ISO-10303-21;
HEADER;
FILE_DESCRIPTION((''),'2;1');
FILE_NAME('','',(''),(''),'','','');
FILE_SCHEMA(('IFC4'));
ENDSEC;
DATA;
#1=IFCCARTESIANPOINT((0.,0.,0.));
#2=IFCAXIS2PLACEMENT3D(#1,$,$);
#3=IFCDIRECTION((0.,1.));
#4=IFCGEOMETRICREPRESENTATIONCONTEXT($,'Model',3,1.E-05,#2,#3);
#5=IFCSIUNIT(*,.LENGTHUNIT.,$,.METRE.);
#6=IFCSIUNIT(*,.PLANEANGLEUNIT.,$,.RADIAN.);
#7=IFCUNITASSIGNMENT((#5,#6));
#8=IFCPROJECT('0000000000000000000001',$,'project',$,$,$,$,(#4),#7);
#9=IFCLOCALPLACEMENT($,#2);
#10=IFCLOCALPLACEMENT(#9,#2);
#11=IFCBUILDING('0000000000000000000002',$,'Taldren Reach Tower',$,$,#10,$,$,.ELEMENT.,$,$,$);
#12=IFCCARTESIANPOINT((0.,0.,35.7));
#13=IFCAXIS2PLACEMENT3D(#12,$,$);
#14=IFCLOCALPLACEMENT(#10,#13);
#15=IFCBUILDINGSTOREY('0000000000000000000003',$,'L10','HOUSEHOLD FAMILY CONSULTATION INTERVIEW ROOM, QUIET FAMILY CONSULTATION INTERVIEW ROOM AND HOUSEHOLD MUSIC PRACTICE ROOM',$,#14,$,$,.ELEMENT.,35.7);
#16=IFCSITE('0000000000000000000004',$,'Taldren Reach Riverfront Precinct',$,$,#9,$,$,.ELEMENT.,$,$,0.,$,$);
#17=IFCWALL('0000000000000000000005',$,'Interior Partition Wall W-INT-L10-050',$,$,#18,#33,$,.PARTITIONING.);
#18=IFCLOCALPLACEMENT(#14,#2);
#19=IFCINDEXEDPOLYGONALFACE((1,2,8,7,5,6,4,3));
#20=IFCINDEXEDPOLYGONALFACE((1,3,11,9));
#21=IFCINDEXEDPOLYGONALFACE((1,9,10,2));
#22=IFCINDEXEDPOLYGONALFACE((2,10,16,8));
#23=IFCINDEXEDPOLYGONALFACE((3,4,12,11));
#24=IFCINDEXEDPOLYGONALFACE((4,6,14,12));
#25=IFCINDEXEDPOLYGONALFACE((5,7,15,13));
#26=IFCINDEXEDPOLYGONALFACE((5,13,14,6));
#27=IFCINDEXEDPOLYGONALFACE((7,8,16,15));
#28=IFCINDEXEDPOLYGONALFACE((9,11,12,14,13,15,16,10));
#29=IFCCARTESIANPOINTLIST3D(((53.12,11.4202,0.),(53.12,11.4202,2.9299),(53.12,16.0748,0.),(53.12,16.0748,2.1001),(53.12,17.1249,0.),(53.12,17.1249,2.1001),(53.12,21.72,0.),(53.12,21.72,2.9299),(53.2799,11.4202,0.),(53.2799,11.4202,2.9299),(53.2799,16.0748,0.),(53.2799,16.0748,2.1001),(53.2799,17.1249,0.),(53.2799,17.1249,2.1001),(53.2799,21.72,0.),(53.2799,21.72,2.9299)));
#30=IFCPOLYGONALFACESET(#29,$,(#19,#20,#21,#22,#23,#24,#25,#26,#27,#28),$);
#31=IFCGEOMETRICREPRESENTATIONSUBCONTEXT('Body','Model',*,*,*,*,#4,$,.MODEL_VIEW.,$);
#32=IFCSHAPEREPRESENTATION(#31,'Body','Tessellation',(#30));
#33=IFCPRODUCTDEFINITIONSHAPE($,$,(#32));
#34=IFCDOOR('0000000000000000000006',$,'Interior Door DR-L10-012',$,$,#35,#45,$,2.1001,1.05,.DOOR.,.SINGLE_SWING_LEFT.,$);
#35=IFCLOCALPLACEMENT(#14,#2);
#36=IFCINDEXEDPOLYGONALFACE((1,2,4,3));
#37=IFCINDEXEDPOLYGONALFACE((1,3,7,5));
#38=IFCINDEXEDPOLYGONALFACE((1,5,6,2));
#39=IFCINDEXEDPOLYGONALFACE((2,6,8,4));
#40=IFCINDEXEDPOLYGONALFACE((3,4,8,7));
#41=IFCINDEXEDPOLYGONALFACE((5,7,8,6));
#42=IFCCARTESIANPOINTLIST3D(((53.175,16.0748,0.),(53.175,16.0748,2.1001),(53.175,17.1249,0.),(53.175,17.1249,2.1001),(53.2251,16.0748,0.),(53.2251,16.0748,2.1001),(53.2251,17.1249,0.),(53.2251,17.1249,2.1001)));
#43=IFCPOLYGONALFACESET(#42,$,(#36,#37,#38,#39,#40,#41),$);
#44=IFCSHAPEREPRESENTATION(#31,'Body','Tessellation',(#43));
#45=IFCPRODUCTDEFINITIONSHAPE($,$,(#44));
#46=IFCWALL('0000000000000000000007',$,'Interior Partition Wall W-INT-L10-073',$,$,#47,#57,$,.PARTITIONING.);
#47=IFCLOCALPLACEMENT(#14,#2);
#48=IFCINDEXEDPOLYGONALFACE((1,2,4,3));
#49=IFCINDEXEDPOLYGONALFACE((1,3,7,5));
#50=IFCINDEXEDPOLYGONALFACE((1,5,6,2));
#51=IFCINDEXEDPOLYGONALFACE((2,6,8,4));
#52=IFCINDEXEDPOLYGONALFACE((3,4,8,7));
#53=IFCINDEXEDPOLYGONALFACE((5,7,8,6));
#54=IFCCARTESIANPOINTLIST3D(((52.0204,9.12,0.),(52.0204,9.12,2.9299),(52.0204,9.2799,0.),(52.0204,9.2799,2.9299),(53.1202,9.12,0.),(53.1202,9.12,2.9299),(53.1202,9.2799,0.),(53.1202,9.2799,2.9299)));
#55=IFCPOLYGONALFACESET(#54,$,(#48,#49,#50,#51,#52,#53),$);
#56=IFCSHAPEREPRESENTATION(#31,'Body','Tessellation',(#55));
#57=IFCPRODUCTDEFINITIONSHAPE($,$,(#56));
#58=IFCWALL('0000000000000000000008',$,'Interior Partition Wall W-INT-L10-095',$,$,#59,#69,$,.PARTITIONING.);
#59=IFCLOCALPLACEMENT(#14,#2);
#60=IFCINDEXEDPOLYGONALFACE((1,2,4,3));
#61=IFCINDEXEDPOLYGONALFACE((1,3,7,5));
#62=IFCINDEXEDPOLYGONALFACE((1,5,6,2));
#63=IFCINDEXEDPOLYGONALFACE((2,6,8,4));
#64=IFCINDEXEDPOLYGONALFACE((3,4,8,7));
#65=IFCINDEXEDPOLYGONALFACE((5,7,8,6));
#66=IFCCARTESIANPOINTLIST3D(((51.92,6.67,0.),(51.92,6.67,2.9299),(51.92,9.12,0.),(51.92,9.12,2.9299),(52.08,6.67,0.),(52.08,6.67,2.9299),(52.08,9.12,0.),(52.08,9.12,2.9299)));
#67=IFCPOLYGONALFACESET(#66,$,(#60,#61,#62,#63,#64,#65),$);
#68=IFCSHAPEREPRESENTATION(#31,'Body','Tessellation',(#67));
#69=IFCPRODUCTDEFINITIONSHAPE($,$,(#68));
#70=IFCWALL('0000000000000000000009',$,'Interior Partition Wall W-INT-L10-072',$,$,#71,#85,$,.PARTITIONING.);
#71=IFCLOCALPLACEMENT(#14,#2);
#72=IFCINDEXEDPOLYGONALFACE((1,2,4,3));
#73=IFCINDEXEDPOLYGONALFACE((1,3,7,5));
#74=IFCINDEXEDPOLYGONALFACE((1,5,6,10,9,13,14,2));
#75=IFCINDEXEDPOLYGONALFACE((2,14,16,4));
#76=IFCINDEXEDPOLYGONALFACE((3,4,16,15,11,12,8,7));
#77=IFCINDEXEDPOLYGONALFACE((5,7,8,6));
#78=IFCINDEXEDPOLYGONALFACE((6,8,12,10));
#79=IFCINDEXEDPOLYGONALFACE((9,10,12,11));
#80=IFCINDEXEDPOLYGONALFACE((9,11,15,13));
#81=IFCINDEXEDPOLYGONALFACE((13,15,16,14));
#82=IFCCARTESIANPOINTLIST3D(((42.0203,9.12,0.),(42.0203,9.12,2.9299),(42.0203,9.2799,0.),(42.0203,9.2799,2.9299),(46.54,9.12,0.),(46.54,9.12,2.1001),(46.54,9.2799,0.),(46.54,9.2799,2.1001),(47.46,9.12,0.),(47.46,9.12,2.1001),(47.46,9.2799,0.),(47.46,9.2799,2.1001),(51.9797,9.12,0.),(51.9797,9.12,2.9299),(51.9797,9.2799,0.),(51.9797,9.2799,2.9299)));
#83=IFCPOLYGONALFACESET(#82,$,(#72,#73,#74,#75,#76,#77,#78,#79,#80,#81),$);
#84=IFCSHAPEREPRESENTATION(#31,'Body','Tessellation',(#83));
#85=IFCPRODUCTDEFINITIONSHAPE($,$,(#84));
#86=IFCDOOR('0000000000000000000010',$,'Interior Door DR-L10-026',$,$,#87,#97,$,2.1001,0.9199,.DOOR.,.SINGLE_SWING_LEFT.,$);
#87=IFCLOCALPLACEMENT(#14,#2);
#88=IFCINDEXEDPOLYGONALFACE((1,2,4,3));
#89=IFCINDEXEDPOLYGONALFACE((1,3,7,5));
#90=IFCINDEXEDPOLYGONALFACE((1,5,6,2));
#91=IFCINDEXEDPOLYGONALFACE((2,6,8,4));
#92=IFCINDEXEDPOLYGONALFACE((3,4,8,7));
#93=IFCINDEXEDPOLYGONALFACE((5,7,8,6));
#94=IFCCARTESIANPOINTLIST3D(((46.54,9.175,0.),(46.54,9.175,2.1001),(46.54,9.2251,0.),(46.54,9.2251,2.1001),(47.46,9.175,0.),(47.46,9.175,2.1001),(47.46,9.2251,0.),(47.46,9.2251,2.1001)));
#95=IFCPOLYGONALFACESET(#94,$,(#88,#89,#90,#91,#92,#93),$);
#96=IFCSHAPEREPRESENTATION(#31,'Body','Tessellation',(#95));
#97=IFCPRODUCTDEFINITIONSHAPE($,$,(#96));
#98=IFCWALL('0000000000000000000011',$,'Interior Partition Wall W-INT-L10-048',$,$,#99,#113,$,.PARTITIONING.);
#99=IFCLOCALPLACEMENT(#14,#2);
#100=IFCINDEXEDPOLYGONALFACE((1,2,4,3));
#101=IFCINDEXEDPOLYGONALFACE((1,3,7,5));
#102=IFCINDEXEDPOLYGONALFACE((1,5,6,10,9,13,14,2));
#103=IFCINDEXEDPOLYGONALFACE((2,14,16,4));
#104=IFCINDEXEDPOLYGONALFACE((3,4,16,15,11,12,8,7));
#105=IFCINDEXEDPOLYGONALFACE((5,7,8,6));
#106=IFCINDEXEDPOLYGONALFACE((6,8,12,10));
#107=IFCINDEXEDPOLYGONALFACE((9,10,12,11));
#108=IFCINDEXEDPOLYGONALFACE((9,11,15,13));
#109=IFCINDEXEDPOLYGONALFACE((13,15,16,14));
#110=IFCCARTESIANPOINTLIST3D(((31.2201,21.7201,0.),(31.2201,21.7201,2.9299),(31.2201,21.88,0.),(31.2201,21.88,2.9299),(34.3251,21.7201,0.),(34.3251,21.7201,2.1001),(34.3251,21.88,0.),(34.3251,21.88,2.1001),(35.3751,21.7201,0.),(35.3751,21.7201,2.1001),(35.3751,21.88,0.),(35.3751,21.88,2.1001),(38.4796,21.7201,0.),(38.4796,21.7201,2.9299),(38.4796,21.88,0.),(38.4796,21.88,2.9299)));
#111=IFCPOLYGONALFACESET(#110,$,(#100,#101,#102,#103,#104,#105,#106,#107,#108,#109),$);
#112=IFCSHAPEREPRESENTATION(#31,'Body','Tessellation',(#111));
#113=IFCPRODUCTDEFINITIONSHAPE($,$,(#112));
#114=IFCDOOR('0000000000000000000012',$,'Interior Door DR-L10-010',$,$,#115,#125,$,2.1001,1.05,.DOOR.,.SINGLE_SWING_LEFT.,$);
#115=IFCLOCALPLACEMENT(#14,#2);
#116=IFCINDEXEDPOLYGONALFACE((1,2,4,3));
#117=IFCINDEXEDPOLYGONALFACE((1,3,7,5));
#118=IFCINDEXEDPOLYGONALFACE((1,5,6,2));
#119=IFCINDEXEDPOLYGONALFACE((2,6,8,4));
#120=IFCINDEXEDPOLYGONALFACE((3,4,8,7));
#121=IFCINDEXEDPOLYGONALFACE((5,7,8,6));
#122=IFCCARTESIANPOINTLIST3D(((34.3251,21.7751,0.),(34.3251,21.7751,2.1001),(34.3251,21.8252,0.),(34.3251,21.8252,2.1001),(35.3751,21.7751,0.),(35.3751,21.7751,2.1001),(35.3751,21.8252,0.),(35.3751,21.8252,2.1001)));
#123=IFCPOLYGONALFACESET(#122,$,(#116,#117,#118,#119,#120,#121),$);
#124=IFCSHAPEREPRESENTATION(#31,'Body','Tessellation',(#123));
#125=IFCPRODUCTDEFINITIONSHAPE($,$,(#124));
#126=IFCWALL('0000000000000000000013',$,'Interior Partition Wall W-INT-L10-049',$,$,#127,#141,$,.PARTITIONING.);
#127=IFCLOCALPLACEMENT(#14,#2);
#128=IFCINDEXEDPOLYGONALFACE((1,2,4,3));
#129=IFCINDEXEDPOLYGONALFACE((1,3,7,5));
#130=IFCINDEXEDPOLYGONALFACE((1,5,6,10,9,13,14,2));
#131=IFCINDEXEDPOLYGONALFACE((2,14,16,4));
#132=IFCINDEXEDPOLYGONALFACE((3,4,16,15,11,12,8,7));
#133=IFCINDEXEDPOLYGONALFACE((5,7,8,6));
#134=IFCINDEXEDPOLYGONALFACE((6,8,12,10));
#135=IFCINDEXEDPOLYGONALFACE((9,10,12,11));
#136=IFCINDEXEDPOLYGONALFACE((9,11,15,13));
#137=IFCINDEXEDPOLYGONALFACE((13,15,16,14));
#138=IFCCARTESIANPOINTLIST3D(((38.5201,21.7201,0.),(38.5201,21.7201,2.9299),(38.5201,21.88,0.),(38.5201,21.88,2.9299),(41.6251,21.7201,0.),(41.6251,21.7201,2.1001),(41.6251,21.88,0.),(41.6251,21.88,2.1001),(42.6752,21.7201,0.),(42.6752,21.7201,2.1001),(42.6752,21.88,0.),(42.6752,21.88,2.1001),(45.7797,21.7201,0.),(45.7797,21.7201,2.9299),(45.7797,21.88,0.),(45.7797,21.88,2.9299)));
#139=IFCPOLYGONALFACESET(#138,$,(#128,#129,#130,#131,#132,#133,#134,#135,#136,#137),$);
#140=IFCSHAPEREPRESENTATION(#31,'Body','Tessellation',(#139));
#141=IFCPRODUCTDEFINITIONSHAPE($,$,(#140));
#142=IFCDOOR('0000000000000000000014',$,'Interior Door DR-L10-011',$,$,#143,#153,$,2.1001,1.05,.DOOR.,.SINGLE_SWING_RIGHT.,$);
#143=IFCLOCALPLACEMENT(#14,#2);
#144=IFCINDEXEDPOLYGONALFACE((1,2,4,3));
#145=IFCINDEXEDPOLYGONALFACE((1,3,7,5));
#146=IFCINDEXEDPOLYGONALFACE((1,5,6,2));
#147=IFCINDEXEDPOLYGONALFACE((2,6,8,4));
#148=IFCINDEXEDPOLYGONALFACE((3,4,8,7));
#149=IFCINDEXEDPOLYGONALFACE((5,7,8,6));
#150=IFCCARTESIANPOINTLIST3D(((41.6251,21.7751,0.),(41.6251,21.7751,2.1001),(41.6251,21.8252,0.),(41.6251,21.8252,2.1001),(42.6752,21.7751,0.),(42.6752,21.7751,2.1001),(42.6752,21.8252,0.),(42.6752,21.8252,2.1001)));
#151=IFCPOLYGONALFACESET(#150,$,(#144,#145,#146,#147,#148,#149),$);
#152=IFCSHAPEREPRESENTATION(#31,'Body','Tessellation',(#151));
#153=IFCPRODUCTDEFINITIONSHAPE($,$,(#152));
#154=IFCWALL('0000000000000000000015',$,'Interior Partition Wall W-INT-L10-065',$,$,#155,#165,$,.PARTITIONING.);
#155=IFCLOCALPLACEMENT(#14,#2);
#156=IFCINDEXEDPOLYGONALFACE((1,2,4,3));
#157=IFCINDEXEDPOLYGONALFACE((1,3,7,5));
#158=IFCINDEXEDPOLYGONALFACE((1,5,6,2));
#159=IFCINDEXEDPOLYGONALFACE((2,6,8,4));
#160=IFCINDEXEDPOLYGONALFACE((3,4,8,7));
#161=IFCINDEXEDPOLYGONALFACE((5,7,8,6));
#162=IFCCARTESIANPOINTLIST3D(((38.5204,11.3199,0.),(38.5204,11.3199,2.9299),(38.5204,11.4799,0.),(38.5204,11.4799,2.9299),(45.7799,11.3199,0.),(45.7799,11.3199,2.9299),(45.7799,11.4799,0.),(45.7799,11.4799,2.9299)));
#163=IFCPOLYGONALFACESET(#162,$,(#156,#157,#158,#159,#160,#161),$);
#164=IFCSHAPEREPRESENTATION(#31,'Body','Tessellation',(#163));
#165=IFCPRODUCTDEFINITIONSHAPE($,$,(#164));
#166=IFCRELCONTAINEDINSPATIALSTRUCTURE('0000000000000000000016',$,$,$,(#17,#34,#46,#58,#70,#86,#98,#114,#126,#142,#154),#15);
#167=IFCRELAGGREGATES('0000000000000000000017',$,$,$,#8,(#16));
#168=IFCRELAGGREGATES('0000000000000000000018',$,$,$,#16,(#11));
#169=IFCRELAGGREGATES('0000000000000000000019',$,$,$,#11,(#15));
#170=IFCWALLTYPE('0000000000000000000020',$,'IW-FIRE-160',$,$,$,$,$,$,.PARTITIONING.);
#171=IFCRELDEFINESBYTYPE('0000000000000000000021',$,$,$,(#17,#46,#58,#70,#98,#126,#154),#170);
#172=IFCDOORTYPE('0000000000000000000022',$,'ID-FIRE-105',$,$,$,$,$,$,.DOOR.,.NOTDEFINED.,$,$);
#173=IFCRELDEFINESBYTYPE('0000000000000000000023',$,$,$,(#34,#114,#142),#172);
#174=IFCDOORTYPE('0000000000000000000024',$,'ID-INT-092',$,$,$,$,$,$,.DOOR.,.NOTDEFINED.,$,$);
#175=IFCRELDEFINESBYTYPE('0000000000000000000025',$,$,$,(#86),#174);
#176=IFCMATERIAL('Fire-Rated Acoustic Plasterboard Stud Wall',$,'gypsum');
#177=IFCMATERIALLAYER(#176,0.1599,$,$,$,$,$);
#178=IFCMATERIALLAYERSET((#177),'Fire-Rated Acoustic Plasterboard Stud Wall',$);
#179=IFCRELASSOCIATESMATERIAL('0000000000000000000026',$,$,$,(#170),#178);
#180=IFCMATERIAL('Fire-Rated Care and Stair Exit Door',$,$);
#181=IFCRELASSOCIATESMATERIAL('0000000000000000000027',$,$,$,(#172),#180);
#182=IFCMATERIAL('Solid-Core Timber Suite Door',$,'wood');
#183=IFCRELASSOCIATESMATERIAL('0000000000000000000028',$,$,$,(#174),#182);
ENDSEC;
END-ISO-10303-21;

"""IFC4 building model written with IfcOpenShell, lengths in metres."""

from ifc_helpers import new_model, si_unit, direction, frame, frame_2d, origin, place, context, subcontext, project, spatial, rectangle, extrude, source, transform, mapped, material, layer, layer_set, type_object, element, fill, save


model = new_model("IFC4")

# Units and contexts
model_context = context("Model", 3, precision=1e-05, world=origin(), true_north=direction((0.0, 1.0)))
body_context = subcontext(model_context, "Body", "Model", "MODEL_VIEW")
ifc_project = project(units=[si_unit("LENGTHUNIT", "METRE"), si_unit("PLANEANGLEUNIT", "RADIAN")], contexts=[model_context])

# Site, building, storey
site_placement = place(None, origin())
site = spatial("IfcSite", under=ifc_project, at=site_placement, Name="Taldren Reach Riverfront Precinct", CompositionType="ELEMENT", RefElevation=0.0)
building_placement = place(site_placement, origin())
building = spatial("IfcBuilding", under=site, at=building_placement, Name="Taldren Reach Tower", CompositionType="ELEMENT")
storey_placement = place(building_placement, frame((0.0, 0.0, 35.7)))
storey = spatial("IfcBuildingStorey", under=building, at=storey_placement, Name="L10", Description="HOUSEHOLD FAMILY CONSULTATION INTERVIEW ROOM, QUIET FAMILY CONSULTATION INTERVIEW ROOM AND HOUSEHOLD MUSIC PRACTICE ROOM", CompositionType="ELEMENT", Elevation=35.7)

# Wall, opening, door
ifc_material_1 = material(Name="Fire-Rated Acoustic Plasterboard Stud Wall", Category="gypsum")
ifc_layer_1 = layer(ifc_material_1, 0.1599)
ifc_layer_set_1 = layer_set([ifc_layer_1], Name="Fire-Rated Acoustic Plasterboard Stud Wall")
wall_type_1 = type_object("IfcWallType", Name="IW-FIRE-160", PredefinedType="PARTITIONING", material=ifc_layer_set_1)
shared_shape_1 = source(origin(), body_context, "Body", "SweptSolid", [
    extrude(rectangle(XDim=10.2998, YDim=0.1599, at=frame_2d((5.1499, 0.0))), origin(), (0.0, 0.0, 1.0), 2.9299),
])
wall_1_placement = place(storey_placement, frame((53.2, 11.4202, 0.0), z_axis=(0.0, 0.0, 1.0), x_axis=(0.0, 1.0, 0.0)))
wall_1 = element("IfcWall", 1, at=wall_1_placement, inside=storey, type_object=wall_type_1, Name="Interior Partition Wall W-INT-L10-050", PredefinedType="PARTITIONING", context=body_context, shape_type="MappedRepresentation", body=[
    mapped(shared_shape_1, transform((0.0, 0.0, 0.0), scale=1.0)),
])
shared_shape_2 = source(origin(), body_context, "Body", "SweptSolid", [
    extrude(rectangle(XDim=1.05, YDim=2.1001, at=frame_2d((0.5249, 1.05))), frame((0.0, 0.0898, 0.0), z_axis=(0.0, -1.0, 0.0), x_axis=(1.0, 0.0, 0.0)), (0.0, 0.0, 1.0), 0.1799),
])
opening_1_placement = place(wall_1_placement, frame((4.6548, 0.0, 0.0)))
opening_1 = element("IfcOpeningElement", 2, at=opening_1_placement, cuts=wall_1, PredefinedType="OPENING", context=body_context, shape_type="MappedRepresentation", body=[
    mapped(shared_shape_2, transform((0.0, 0.0, 0.0), scale=1.0)),
])
ifc_material_2 = material(Name="Fire-Rated Care and Stair Exit Door")
door_type_1 = type_object("IfcDoorType", Name="ID-FIRE-105", OperationType="NOTDEFINED", PredefinedType="DOOR", material=ifc_material_2)
shared_shape_3 = source(origin(), body_context, "Body", "SweptSolid", [
    extrude(rectangle(XDim=1.05, YDim=2.1001, at=frame_2d((0.5249, 1.05))), frame((0.0, 0.0249, 0.0), z_axis=(0.0, -1.0, 0.0), x_axis=(1.0, 0.0, 0.0)), (0.0, 0.0, 1.0), 0.05),
])
door_1_placement = place(opening_1_placement, origin())
door_1 = element("IfcDoor", 3, at=door_1_placement, inside=storey, type_object=door_type_1, Name="Interior Door DR-L10-012", OperationType="SINGLE_SWING_LEFT", OverallHeight=2.1001, OverallWidth=1.05, PredefinedType="DOOR", context=body_context, shape_type="MappedRepresentation", body=[
    mapped(shared_shape_3, transform((0.0, 0.0, 0.0), scale=1.0)),
])
fill(opening_1, door_1)

# Walls
shared_shape_4 = source(origin(), body_context, "Body", "SweptSolid", [
    extrude(rectangle(XDim=1.0999, YDim=0.1599, at=frame_2d((0.5498, 0.0))), origin(), (0.0, 0.0, 1.0), 2.9299),
])
wall_2_placement = place(storey_placement, frame((53.1201, 9.2, 0.0), z_axis=(0.0, 0.0, 1.0), x_axis=(-1.0, 0.0, 0.0)))
element("IfcWall", 4, at=wall_2_placement, inside=storey, type_object=wall_type_1, Name="Interior Partition Wall W-INT-L10-073", PredefinedType="PARTITIONING", context=body_context, shape_type="MappedRepresentation", body=[
    mapped(shared_shape_4, transform((0.0, 0.0, 0.0), scale=1.0)),
])
shared_shape_5 = source(origin(), body_context, "Body", "SweptSolid", [
    extrude(rectangle(XDim=2.45, YDim=0.1599, at=frame_2d((1.2251, 0.0))), origin(), (0.0, 0.0, 1.0), 2.9299),
])
wall_3_placement = place(storey_placement, frame((52.0, 9.1201, 0.0), z_axis=(0.0, 0.0, 1.0), x_axis=(0.0, -1.0, 0.0)))
element("IfcWall", 5, at=wall_3_placement, inside=storey, type_object=wall_type_1, Name="Interior Partition Wall W-INT-L10-095", PredefinedType="PARTITIONING", context=body_context, shape_type="MappedRepresentation", body=[
    mapped(shared_shape_5, transform((0.0, 0.0, 0.0), scale=1.0)),
])

# Walls, openings, doors
shared_shape_6 = source(origin(), body_context, "Body", "SweptSolid", [
    extrude(rectangle(XDim=9.9595, YDim=0.1599, at=frame_2d((4.9797, 0.0))), origin(), (0.0, 0.0, 1.0), 2.9299),
])
wall_4_placement = place(storey_placement, frame((51.9797, 9.2, 0.0), z_axis=(0.0, 0.0, 1.0), x_axis=(-1.0, 0.0, 0.0)))
wall_4 = element("IfcWall", 6, at=wall_4_placement, inside=storey, type_object=wall_type_1, Name="Interior Partition Wall W-INT-L10-072", PredefinedType="PARTITIONING", context=body_context, shape_type="MappedRepresentation", body=[
    mapped(shared_shape_6, transform((0.0, 0.0, 0.0), scale=1.0)),
])
shared_shape_7 = source(origin(), body_context, "Body", "SweptSolid", [
    extrude(rectangle(XDim=0.9199, YDim=2.1001, at=frame_2d((0.46, 1.05))), frame((0.0, 0.0898, 0.0), z_axis=(0.0, -1.0, 0.0), x_axis=(1.0, 0.0, 0.0)), (0.0, 0.0, 1.0), 0.1799),
])
opening_2_placement = place(wall_4_placement, frame((4.5198, 0.0, 0.0)))
opening_2 = element("IfcOpeningElement", 7, at=opening_2_placement, cuts=wall_4, PredefinedType="OPENING", context=body_context, shape_type="MappedRepresentation", body=[
    mapped(shared_shape_7, transform((0.0, 0.0, 0.0), scale=1.0)),
])
ifc_material_3 = material(Name="Solid-Core Timber Suite Door", Category="wood")
door_type_2 = type_object("IfcDoorType", Name="ID-INT-092", OperationType="NOTDEFINED", PredefinedType="DOOR", material=ifc_material_3)
shared_shape_8 = source(origin(), body_context, "Body", "SweptSolid", [
    extrude(rectangle(XDim=0.9199, YDim=2.1001, at=frame_2d((0.46, 1.05))), frame((0.0, 0.0249, 0.0), z_axis=(0.0, -1.0, 0.0), x_axis=(1.0, 0.0, 0.0)), (0.0, 0.0, 1.0), 0.05),
])
door_2_placement = place(opening_2_placement, origin())
door_2 = element("IfcDoor", 8, at=door_2_placement, inside=storey, type_object=door_type_2, Name="Interior Door DR-L10-026", OperationType="SINGLE_SWING_LEFT", OverallHeight=2.1001, OverallWidth=0.9199, PredefinedType="DOOR", context=body_context, shape_type="MappedRepresentation", body=[
    mapped(shared_shape_8, transform((0.0, 0.0, 0.0), scale=1.0)),
])
fill(opening_2, door_2)
shared_shape_9 = source(origin(), body_context, "Body", "SweptSolid", [
    extrude(rectangle(XDim=7.2595, YDim=0.1599, at=frame_2d((3.6299, 0.0))), origin(), (0.0, 0.0, 1.0), 2.9299),
])
wall_5_placement = place(storey_placement, frame((38.4797, 21.8, 0.0), z_axis=(0.0, 0.0, 1.0), x_axis=(-1.0, 0.0, 0.0)))
wall_5 = element("IfcWall", 9, at=wall_5_placement, inside=storey, type_object=wall_type_1, Name="Interior Partition Wall W-INT-L10-048", PredefinedType="PARTITIONING", context=body_context, shape_type="MappedRepresentation", body=[
    mapped(shared_shape_9, transform((0.0, 0.0, 0.0), scale=1.0)),
])
opening_3_placement = place(wall_5_placement, frame((3.1047, 0.0, 0.0)))
opening_3 = element("IfcOpeningElement", 10, at=opening_3_placement, cuts=wall_5, PredefinedType="OPENING", context=body_context, shape_type="MappedRepresentation", body=[
    mapped(shared_shape_2, transform((0.0, 0.0, 0.0), scale=1.0)),
])
door_3_placement = place(opening_3_placement, origin())
door_3 = element("IfcDoor", 11, at=door_3_placement, inside=storey, type_object=door_type_1, Name="Interior Door DR-L10-010", OperationType="SINGLE_SWING_LEFT", OverallHeight=2.1001, OverallWidth=1.05, PredefinedType="DOOR", context=body_context, shape_type="MappedRepresentation", body=[
    mapped(shared_shape_3, transform((0.0, 0.0, 0.0), scale=1.0)),
])
fill(opening_3, door_3)
wall_6_placement = place(storey_placement, frame((45.7798, 21.8, 0.0), z_axis=(0.0, 0.0, 1.0), x_axis=(-1.0, 0.0, 0.0)))
wall_6 = element("IfcWall", 12, at=wall_6_placement, inside=storey, type_object=wall_type_1, Name="Interior Partition Wall W-INT-L10-049", PredefinedType="PARTITIONING", context=body_context, shape_type="MappedRepresentation", body=[
    mapped(shared_shape_9, transform((0.0, 0.0, 0.0), scale=1.0)),
])
opening_4_placement = place(wall_6_placement, frame((3.1047, 0.0, 0.0)))
opening_4 = element("IfcOpeningElement", 13, at=opening_4_placement, cuts=wall_6, PredefinedType="OPENING", context=body_context, shape_type="MappedRepresentation", body=[
    mapped(shared_shape_2, transform((0.0, 0.0, 0.0), scale=1.0)),
])
door_4_placement = place(opening_4_placement, origin())
door_4 = element("IfcDoor", 14, at=door_4_placement, inside=storey, type_object=door_type_1, Name="Interior Door DR-L10-011", OperationType="SINGLE_SWING_RIGHT", OverallHeight=2.1001, OverallWidth=1.05, PredefinedType="DOOR", context=body_context, shape_type="MappedRepresentation", body=[
    mapped(shared_shape_3, transform((0.0, 0.0, 0.0), scale=1.0)),
])
fill(opening_4, door_4)

# Wall
wall_7_placement = place(storey_placement, frame((38.5203, 11.3999, 0.0), z_axis=(0.0, 0.0, 1.0), x_axis=(1.0, 0.0, 0.0)))
element("IfcWall", 15, at=wall_7_placement, inside=storey, type_object=wall_type_1, Name="Interior Partition Wall W-INT-L10-065", PredefinedType="PARTITIONING", context=body_context, shape_type="MappedRepresentation", body=[
    mapped(shared_shape_9, transform((0.0, 0.0, 0.0), scale=1.0)),
])

save(model, "model.ifc")
